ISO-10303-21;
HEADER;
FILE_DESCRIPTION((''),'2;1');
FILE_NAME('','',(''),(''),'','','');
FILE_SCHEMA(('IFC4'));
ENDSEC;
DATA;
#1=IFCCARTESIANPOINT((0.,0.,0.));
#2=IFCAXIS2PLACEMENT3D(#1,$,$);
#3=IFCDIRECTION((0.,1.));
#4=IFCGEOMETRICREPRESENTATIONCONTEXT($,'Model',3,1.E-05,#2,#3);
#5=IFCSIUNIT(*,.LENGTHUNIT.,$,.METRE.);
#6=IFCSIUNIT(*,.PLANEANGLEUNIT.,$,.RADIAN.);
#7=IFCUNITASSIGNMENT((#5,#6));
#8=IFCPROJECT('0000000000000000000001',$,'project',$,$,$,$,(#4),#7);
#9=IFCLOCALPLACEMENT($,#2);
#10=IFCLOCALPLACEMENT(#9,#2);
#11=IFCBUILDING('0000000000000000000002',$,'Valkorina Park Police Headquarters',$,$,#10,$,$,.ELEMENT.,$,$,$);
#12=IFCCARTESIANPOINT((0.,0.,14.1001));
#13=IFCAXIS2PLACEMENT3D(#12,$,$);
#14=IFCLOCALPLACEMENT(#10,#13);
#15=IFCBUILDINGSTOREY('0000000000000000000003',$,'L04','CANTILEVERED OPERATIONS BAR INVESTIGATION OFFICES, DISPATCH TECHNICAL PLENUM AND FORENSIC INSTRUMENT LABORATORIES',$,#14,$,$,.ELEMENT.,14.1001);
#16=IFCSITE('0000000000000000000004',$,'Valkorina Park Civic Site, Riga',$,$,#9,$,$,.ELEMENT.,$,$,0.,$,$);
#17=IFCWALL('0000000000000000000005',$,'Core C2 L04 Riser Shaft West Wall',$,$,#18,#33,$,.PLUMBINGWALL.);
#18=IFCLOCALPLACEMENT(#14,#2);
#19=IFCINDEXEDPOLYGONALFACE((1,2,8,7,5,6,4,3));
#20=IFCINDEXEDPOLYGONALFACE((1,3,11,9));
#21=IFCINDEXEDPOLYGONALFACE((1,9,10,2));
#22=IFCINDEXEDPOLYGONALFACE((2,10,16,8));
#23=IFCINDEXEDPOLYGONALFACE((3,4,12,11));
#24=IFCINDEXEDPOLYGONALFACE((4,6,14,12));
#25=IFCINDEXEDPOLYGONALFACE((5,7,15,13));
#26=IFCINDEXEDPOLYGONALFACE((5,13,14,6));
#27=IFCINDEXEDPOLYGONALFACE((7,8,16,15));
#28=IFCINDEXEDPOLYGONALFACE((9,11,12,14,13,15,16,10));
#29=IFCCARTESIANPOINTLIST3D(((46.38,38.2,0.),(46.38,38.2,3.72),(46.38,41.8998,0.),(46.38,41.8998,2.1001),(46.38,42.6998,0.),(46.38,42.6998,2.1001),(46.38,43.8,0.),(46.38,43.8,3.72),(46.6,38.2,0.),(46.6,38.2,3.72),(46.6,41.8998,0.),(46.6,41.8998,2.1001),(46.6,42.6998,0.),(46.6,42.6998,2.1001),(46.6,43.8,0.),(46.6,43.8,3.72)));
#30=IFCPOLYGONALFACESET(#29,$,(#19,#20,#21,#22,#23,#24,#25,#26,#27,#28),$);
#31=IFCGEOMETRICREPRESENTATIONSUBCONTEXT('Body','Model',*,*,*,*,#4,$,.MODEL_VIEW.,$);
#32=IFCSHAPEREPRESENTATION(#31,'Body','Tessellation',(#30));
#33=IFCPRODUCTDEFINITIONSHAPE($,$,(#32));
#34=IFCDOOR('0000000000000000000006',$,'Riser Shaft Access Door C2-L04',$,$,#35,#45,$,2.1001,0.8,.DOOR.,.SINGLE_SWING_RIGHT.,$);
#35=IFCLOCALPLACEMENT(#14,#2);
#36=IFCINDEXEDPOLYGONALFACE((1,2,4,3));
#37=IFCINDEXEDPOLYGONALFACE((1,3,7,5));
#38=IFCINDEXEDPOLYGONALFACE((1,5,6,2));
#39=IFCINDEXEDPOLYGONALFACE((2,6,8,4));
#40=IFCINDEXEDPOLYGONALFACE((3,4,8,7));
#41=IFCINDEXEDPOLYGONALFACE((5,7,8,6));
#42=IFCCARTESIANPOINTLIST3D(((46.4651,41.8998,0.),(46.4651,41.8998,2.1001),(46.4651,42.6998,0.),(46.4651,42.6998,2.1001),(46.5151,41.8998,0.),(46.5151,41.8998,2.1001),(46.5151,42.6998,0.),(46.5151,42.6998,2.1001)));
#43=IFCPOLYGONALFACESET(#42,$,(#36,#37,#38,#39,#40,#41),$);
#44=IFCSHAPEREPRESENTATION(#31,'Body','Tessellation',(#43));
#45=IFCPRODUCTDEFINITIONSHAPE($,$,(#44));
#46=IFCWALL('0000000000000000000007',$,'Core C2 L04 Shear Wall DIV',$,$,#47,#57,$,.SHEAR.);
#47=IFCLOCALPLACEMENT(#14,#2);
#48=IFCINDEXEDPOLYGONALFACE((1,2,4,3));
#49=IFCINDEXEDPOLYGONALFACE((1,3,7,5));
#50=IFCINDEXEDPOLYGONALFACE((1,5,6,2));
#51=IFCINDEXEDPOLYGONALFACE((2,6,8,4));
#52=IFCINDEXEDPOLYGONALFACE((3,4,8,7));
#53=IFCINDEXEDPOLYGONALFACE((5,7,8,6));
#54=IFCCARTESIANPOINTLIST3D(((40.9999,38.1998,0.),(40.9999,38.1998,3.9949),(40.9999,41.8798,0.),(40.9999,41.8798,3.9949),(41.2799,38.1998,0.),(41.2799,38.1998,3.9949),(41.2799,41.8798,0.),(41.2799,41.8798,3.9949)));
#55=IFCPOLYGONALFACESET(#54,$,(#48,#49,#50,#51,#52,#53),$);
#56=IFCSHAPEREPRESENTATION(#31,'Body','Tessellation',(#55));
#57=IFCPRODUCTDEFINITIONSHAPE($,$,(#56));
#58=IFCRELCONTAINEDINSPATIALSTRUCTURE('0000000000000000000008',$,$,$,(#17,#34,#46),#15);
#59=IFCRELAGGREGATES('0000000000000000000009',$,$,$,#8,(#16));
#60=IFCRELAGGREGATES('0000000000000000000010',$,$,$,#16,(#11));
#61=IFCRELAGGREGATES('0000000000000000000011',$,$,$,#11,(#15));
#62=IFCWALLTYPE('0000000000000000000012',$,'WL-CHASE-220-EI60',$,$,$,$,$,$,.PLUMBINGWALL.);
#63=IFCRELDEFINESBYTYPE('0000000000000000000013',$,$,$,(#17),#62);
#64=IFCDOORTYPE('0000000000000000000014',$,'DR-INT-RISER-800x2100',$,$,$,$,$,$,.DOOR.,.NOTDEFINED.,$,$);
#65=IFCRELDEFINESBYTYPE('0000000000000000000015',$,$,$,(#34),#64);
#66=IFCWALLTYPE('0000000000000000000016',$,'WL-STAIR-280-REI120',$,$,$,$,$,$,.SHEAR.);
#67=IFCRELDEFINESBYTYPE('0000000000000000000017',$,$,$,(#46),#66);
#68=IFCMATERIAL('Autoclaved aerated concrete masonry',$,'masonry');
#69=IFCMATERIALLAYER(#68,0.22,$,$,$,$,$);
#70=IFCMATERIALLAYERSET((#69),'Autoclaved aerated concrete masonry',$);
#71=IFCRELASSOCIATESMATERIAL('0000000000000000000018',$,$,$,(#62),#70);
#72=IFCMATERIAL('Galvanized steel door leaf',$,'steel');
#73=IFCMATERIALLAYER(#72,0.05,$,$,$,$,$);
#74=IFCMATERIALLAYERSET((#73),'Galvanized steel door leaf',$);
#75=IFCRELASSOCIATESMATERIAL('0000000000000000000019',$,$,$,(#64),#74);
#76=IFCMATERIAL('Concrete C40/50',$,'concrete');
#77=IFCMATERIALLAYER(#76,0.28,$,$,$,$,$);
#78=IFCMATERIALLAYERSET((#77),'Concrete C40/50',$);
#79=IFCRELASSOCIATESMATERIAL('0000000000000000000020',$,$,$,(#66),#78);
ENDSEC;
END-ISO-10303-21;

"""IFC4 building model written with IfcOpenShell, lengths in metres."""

from ifc_helpers import new_model, si_unit, direction, frame, frame_2d, origin, place, context, subcontext, project, spatial, rectangle, extrude, material, layer, layer_set, type_object, element, fill, save


model = new_model("IFC4")

# Units and contexts
model_context = context("Model", 3, precision=1e-05, world=origin(), true_north=direction((0.0, 1.0)))
body_context = subcontext(model_context, "Body", "Model", "MODEL_VIEW")
ifc_project = project(units=[si_unit("LENGTHUNIT", "METRE"), si_unit("PLANEANGLEUNIT", "RADIAN")], contexts=[model_context])

# Site, building, storey
site_placement = place(None, origin())
site = spatial("IfcSite", under=ifc_project, at=site_placement, Name="Valkorina Park Civic Site, Riga", CompositionType="ELEMENT", RefElevation=0.0)
building_placement = place(site_placement, origin())
building = spatial("IfcBuilding", under=site, at=building_placement, Name="Valkorina Park Police Headquarters", CompositionType="ELEMENT")
storey_placement = place(building_placement, frame((0.0, 0.0, 14.1001)))
storey = spatial("IfcBuildingStorey", under=building, at=storey_placement, Name="L04", Description="CANTILEVERED OPERATIONS BAR INVESTIGATION OFFICES, DISPATCH TECHNICAL PLENUM AND FORENSIC INSTRUMENT LABORATORIES", CompositionType="ELEMENT", Elevation=14.1001)

# Shared definitions
ifc_material_1 = material(Name="Autoclaved aerated concrete masonry", Category="masonry")
ifc_layer_1 = layer(ifc_material_1, 0.22)
ifc_layer_set_1 = layer_set([ifc_layer_1], Name="Autoclaved aerated concrete masonry")
wall_type_1 = type_object("IfcWallType", Name="WL-CHASE-220-EI60", PredefinedType="PLUMBINGWALL", material=ifc_layer_set_1)

# Wall, opening, door
wall_1_placement = place(storey_placement, frame((46.49, 38.2, 0.0), z_axis=(0.0, 0.0, 1.0), x_axis=(0.0, 1.0, 0.0)))
wall_1 = element("IfcWall", 1, at=wall_1_placement, inside=storey, type_object=wall_type_1, Name="Core C2 L04 Riser Shaft West Wall", PredefinedType="PLUMBINGWALL", context=body_context, shape_type="SweptSolid", body=[
    extrude(rectangle(XDim=5.6001, YDim=0.22, at=frame_2d((2.8, 0.0))), origin(), (0.0, 0.0, 1.0), 3.72),
])
opening_1_placement = place(wall_1_placement, frame((3.7, 0.0, 0.0)))
opening_1 = element("IfcOpeningElement", 2, at=opening_1_placement, cuts=wall_1, PredefinedType="OPENING", context=body_context, shape_type="SweptSolid", body=[
    extrude(rectangle(XDim=0.8, YDim=2.1001, at=frame_2d((0.3999, 1.05))), frame((0.0, 0.1201, 0.0), z_axis=(0.0, -1.0, 0.0), x_axis=(1.0, 0.0, 0.0)), (0.0, 0.0, 1.0), 0.24),
])
ifc_material_2 = material(Name="Galvanized steel door leaf", Category="steel")
ifc_layer_2 = layer(ifc_material_2, 0.05)
ifc_layer_set_2 = layer_set([ifc_layer_2], Name="Galvanized steel door leaf")
door_type_1 = type_object("IfcDoorType", Name="DR-INT-RISER-800x2100", OperationType="NOTDEFINED", PredefinedType="DOOR", material=ifc_layer_set_2)
door_1_placement = place(opening_1_placement, origin())
door_1 = element("IfcDoor", 3, at=door_1_placement, inside=storey, type_object=door_type_1, Name="Riser Shaft Access Door C2-L04", OperationType="SINGLE_SWING_RIGHT", OverallHeight=2.1001, OverallWidth=0.8, PredefinedType="DOOR", context=body_context, shape_type="SweptSolid", body=[
    extrude(rectangle(XDim=0.8, YDim=2.1001, at=frame_2d((0.3999, 1.05))), frame((0.0, 0.0249, 0.0), z_axis=(0.0, -1.0, 0.0), x_axis=(1.0, 0.0, 0.0)), (0.0, 0.0, 1.0), 0.05),
])
fill(opening_1, door_1)

# Wall
ifc_material_3 = material(Name="Concrete C40/50", Category="concrete")
ifc_layer_3 = layer(ifc_material_3, 0.28)
ifc_layer_set_3 = layer_set([ifc_layer_3], Name="Concrete C40/50")
wall_type_2 = type_object("IfcWallType", Name="WL-STAIR-280-REI120", PredefinedType="SHEAR", material=ifc_layer_set_3)
wall_2_placement = place(storey_placement, frame((41.1399, 38.2, 0.0), z_axis=(0.0, 0.0, 1.0), x_axis=(0.0, 1.0, 0.0)))
element("IfcWall", 4, at=wall_2_placement, inside=storey, type_object=wall_type_2, Name="Core C2 L04 Shear Wall DIV", PredefinedType="SHEAR", context=body_context, shape_type="SweptSolid", body=[
    extrude(rectangle(XDim=3.6799, YDim=0.28, at=frame_2d((1.8398, 0.0))), origin(), (0.0, 0.0, 1.0), 3.9949),
])

save(model, "model.ifc")
